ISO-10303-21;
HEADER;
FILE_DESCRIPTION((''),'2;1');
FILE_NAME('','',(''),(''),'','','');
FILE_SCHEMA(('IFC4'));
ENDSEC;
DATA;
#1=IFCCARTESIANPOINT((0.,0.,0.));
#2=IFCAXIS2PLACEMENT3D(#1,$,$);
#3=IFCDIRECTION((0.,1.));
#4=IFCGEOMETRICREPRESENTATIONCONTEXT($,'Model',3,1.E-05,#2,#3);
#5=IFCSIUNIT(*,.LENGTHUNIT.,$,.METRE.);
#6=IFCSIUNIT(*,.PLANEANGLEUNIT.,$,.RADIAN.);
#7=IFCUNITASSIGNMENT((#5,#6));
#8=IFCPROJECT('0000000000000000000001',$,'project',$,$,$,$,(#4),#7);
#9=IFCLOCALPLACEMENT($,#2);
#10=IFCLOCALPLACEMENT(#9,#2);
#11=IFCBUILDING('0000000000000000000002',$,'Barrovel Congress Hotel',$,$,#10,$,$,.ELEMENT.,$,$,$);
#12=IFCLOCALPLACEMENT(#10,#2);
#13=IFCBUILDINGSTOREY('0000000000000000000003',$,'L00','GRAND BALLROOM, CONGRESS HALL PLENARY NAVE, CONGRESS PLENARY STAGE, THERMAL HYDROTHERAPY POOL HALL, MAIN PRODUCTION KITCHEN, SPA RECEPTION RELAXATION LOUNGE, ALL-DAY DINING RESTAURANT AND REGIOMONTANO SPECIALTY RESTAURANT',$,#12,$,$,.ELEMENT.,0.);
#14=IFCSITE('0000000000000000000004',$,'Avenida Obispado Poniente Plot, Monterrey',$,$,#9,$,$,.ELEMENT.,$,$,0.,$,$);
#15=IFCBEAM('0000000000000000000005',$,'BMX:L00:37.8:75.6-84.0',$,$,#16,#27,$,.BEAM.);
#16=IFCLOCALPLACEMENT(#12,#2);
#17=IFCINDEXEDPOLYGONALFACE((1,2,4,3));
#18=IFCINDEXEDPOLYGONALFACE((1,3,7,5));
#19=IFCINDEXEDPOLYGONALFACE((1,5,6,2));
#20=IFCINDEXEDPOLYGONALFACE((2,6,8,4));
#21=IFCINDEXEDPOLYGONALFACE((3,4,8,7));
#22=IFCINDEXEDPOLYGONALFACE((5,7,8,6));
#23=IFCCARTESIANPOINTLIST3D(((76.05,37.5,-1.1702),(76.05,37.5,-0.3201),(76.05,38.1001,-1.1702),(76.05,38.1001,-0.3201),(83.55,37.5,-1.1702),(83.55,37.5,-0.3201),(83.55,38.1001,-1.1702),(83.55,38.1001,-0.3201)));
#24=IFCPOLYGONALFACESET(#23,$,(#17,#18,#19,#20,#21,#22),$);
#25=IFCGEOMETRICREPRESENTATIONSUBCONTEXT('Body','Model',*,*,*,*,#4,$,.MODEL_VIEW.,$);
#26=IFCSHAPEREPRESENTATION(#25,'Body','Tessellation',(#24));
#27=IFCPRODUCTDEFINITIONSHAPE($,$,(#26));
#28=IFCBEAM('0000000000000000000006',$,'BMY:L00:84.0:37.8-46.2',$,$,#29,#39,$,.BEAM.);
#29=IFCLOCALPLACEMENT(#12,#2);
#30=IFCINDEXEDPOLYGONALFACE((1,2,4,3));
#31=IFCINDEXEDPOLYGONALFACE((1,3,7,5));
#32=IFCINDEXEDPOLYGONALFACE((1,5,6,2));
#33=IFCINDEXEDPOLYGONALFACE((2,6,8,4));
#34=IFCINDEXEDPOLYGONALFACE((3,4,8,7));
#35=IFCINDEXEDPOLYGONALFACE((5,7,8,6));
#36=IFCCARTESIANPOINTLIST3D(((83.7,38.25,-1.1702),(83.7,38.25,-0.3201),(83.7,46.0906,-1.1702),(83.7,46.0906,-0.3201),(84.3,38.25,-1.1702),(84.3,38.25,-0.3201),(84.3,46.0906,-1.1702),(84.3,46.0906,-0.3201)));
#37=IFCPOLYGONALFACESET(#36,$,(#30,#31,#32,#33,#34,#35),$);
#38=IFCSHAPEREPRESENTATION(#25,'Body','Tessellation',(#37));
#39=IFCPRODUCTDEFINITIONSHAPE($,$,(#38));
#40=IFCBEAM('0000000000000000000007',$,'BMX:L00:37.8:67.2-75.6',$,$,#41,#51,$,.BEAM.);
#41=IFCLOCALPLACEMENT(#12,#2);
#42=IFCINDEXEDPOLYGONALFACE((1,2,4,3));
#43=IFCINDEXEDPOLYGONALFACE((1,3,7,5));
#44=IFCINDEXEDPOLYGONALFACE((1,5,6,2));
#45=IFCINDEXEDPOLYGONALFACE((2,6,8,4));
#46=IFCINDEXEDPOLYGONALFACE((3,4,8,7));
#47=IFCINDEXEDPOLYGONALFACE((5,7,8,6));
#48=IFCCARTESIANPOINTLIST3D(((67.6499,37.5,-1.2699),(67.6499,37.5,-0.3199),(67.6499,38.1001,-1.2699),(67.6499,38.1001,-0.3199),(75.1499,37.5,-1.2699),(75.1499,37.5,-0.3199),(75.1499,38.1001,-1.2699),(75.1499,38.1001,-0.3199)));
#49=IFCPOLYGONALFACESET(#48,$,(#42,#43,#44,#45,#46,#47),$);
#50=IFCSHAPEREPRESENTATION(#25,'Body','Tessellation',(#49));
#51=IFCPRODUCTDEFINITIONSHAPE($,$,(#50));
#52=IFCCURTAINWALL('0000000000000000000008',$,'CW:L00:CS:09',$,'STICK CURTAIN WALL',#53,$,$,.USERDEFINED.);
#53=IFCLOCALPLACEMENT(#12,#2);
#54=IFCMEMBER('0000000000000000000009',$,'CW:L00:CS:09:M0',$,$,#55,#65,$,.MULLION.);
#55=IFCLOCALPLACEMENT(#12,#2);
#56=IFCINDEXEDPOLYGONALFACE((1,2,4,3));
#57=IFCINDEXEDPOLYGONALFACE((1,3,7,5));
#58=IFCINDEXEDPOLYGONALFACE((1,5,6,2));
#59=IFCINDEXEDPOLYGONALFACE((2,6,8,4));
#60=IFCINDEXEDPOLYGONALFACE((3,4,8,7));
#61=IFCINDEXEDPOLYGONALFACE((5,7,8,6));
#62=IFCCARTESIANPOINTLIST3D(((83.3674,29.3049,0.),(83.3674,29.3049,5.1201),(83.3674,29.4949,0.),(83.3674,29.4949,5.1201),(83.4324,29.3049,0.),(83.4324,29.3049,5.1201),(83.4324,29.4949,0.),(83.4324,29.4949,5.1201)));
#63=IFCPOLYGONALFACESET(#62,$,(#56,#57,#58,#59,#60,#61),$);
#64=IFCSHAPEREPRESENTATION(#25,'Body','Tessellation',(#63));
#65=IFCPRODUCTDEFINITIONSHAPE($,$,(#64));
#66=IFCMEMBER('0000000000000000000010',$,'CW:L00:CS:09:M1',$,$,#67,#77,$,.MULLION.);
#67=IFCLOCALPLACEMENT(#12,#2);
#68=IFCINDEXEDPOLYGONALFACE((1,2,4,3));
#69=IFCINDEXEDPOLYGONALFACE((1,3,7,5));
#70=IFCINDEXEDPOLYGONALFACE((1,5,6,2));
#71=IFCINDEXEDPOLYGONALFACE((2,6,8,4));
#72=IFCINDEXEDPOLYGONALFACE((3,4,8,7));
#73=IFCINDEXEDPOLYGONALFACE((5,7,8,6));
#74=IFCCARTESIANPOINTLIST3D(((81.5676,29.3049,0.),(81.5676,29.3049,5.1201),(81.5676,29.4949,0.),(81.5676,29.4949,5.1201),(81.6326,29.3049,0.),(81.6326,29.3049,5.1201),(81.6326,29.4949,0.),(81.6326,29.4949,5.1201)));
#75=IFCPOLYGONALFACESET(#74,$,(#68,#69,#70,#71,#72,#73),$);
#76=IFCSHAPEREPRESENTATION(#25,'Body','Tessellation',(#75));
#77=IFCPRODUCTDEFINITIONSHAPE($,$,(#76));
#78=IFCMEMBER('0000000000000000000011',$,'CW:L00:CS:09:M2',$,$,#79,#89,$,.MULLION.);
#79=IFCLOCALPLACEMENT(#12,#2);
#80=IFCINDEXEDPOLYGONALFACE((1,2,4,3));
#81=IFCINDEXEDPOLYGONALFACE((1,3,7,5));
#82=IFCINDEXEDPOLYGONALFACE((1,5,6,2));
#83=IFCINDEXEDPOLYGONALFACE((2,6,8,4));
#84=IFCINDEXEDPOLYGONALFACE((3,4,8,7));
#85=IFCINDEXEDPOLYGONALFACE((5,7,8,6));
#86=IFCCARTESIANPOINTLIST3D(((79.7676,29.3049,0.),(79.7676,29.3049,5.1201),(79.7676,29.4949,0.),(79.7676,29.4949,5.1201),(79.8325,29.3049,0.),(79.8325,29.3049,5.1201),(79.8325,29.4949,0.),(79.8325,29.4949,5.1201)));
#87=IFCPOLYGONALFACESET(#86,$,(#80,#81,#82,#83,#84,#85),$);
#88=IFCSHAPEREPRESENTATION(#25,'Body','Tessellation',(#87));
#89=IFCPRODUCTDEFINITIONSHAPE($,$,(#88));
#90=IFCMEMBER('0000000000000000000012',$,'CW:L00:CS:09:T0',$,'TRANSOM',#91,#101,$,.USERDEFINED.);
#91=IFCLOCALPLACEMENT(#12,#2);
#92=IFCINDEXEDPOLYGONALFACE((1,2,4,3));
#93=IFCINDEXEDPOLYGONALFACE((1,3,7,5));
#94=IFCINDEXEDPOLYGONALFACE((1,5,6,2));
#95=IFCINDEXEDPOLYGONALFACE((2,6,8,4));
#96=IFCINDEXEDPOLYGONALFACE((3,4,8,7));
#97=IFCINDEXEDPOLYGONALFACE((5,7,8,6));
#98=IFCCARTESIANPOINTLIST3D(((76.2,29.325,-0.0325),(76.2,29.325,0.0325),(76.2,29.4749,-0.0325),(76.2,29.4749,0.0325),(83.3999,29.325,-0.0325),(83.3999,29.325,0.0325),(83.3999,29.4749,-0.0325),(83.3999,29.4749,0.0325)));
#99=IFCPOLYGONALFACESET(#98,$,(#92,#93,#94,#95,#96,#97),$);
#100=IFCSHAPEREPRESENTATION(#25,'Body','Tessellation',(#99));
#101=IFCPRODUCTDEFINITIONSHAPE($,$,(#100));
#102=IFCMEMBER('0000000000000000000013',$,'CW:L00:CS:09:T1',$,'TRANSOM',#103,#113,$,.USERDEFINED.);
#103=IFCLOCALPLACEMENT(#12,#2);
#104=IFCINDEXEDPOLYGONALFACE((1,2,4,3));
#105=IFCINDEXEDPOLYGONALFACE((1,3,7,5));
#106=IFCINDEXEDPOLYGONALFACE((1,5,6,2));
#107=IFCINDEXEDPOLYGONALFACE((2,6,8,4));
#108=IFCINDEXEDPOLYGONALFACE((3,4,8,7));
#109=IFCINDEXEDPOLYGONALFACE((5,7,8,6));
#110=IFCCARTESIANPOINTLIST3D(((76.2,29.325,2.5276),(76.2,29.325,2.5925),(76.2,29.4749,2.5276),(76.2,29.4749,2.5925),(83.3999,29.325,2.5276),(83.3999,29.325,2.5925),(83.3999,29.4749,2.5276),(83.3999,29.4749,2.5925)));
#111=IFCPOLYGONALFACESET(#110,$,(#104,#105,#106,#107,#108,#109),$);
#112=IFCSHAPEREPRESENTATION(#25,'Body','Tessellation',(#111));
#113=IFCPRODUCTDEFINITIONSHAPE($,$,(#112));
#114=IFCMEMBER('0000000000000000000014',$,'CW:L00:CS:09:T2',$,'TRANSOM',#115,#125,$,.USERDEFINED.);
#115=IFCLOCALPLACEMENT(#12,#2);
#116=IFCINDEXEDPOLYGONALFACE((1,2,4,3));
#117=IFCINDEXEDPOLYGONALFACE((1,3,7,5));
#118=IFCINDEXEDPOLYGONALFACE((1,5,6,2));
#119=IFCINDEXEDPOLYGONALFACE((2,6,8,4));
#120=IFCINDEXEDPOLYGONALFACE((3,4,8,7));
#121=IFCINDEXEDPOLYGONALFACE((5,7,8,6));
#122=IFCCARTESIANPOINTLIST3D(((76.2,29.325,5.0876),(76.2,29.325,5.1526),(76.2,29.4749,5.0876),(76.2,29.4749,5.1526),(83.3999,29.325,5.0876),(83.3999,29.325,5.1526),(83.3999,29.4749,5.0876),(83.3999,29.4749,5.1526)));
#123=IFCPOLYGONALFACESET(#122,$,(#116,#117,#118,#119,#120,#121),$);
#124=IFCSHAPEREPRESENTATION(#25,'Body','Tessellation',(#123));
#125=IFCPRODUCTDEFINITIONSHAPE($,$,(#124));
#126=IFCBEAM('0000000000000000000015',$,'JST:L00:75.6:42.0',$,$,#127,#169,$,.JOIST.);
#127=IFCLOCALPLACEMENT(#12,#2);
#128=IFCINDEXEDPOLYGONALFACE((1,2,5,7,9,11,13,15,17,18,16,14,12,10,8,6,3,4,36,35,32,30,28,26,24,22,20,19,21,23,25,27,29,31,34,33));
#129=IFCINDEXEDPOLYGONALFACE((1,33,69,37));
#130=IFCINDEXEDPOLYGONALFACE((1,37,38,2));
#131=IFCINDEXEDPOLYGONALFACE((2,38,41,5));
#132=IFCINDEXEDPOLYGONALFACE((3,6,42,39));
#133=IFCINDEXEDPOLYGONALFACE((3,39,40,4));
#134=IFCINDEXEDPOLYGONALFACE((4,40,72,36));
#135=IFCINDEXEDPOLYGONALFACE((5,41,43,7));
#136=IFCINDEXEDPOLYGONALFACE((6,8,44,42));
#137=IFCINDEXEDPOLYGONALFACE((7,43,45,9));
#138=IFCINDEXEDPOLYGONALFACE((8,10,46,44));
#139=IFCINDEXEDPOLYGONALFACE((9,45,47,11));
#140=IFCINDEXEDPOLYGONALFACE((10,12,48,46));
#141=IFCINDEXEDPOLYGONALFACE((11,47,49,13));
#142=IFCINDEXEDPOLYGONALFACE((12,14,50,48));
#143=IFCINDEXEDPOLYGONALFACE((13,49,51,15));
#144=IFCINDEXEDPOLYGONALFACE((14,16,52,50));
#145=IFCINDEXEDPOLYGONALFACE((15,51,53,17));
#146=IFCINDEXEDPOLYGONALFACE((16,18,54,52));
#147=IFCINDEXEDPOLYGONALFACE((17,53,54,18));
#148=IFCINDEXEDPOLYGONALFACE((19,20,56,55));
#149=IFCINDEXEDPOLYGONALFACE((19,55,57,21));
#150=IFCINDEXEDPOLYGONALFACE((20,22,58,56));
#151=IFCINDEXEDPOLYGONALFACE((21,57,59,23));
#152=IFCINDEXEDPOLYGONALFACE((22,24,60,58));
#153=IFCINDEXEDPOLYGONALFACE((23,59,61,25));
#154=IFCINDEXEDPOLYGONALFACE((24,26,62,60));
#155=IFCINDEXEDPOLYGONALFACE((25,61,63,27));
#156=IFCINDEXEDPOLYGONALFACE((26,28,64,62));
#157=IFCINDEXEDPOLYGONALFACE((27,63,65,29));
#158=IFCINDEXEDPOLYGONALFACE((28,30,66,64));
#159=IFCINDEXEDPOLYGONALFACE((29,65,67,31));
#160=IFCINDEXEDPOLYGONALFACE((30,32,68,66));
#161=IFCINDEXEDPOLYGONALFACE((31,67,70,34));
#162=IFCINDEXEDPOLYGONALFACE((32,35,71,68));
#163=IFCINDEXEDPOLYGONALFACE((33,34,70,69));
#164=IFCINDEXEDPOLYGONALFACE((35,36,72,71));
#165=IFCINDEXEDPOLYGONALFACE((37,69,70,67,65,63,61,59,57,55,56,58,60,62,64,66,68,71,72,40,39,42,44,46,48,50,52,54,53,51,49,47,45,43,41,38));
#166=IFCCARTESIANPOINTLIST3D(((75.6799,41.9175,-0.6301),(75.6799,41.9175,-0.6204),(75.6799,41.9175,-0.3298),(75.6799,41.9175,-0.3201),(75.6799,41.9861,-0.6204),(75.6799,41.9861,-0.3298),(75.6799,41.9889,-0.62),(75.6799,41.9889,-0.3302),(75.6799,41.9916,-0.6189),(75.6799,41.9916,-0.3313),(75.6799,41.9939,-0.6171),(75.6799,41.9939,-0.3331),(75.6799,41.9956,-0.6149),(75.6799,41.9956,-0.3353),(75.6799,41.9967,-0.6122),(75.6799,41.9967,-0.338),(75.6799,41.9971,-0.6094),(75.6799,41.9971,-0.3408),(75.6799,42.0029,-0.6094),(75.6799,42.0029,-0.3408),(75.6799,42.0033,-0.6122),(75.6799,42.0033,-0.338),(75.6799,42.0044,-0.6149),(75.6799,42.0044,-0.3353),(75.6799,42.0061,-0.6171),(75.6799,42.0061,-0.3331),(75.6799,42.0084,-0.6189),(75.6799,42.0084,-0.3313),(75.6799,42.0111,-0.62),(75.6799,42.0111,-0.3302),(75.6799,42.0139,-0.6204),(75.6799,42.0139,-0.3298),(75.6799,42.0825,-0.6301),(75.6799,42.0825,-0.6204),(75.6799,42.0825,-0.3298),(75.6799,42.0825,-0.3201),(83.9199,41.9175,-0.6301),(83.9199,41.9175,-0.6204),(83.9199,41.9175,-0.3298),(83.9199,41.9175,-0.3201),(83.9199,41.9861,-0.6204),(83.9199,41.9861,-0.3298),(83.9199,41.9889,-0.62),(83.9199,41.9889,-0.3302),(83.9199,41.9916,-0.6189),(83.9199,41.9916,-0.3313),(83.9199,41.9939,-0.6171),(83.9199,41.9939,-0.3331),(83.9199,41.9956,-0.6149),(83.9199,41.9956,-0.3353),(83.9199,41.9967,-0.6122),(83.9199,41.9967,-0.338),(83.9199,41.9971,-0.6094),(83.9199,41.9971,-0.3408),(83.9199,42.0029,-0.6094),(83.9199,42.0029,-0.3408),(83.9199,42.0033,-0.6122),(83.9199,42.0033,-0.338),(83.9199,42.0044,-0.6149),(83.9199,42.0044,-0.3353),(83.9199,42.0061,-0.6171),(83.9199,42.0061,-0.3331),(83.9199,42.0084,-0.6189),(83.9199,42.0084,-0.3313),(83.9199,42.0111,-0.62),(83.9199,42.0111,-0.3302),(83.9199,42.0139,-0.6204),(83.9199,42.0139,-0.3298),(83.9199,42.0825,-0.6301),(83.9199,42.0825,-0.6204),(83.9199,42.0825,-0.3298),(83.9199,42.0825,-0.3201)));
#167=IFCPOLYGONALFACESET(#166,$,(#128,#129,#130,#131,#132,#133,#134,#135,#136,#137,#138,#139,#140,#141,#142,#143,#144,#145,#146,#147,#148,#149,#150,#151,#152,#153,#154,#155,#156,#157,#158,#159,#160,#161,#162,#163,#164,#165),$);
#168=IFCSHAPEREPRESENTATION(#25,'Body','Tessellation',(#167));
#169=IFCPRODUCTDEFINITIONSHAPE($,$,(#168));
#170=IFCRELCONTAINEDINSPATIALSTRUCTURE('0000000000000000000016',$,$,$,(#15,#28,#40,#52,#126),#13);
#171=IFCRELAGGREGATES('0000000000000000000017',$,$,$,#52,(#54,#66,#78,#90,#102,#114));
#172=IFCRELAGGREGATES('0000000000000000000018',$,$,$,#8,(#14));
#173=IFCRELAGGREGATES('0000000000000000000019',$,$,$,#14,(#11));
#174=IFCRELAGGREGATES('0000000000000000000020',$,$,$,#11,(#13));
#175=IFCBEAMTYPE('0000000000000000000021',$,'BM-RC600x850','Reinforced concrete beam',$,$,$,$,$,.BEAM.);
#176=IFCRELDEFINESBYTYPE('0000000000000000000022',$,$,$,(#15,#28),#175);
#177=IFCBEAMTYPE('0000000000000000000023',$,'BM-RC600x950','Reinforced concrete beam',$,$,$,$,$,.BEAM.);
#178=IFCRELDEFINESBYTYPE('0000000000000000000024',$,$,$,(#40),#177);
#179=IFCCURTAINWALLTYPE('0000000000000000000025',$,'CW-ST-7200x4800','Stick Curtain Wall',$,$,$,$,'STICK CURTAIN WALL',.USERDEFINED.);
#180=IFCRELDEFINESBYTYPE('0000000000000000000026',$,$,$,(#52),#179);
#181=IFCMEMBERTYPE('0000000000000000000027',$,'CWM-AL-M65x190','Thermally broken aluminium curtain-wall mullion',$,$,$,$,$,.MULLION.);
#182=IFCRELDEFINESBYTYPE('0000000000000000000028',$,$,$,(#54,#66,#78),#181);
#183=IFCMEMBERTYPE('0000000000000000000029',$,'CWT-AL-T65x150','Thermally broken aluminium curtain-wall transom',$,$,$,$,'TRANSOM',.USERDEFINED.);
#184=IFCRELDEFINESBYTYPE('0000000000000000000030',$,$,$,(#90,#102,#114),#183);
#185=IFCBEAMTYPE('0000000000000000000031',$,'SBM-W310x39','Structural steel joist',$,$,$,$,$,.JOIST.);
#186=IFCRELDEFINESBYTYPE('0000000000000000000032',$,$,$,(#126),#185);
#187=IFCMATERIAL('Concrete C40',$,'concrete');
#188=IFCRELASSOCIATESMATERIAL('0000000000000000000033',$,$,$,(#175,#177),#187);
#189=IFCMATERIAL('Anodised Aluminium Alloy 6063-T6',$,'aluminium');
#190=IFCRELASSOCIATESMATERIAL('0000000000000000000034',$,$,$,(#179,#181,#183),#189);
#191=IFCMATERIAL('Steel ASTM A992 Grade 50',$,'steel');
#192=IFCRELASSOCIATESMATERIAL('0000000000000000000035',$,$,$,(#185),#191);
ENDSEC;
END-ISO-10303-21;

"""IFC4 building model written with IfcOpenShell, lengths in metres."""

from ifc_helpers import new_model, si_unit, direction, frame, origin, origin_2d, place, context, subcontext, project, spatial, rectangle, i_section, extrude, material, material_profile, profile_set, type_object, element, aggregate, save


model = new_model("IFC4")

# Units and contexts
model_context = context("Model", 3, precision=1e-05, world=origin(), true_north=direction((0.0, 1.0)))
body_context = subcontext(model_context, "Body", "Model", "MODEL_VIEW")
ifc_project = project(units=[si_unit("LENGTHUNIT", "METRE"), si_unit("PLANEANGLEUNIT", "RADIAN")], contexts=[model_context])

# Site, building, storey
site_placement = place(None, origin())
site = spatial("IfcSite", under=ifc_project, at=site_placement, Name="Avenida Obispado Poniente Plot, Monterrey", CompositionType="ELEMENT", RefElevation=0.0)
building_placement = place(site_placement, origin())
building = spatial("IfcBuilding", under=site, at=building_placement, Name="Barrovel Congress Hotel", CompositionType="ELEMENT")
storey_placement = place(building_placement, origin())
storey = spatial("IfcBuildingStorey", under=building, at=storey_placement, Name="L00", Description="GRAND BALLROOM, CONGRESS HALL PLENARY NAVE, CONGRESS PLENARY STAGE, THERMAL HYDROTHERAPY POOL HALL, MAIN PRODUCTION KITCHEN, SPA RECEPTION RELAXATION LOUNGE, ALL-DAY DINING RESTAURANT AND REGIOMONTANO SPECIALTY RESTAURANT", CompositionType="ELEMENT", Elevation=0.0)

# Shared definitions
ifc_material_1 = material(Name="Concrete C40", Category="concrete")

# Beams
ifc_material_profile_1 = material_profile(ifc_material_1, rectangle(XDim=0.6001, YDim=0.8501, at=origin_2d()), Name="RC600x850")
ifc_profile_set_1 = profile_set([ifc_material_profile_1], Name="Concrete C40")
beam_type_1 = type_object("IfcBeamType", Name="BM-RC600x850", Description="Reinforced concrete beam", PredefinedType="BEAM", material=ifc_profile_set_1)
beam_1_placement = place(storey_placement, frame((76.05, 37.8, -0.7451), z_axis=(1.0, 0.0, 0.0), x_axis=(0.0, 1.0, 0.0)))
element("IfcBeam", 1, at=beam_1_placement, inside=storey, type_object=beam_type_1, Name="BMX:L00:37.8:75.6-84.0", PredefinedType="BEAM", context=body_context, shape_type="SweptSolid", body=[
    extrude(rectangle(XDim=0.6001, YDim=0.8501, at=origin_2d()), origin(), (0.0, 0.0, 1.0), 7.5),
])
beam_2_placement = place(storey_placement, frame((84.0, 38.25, -0.7451), z_axis=(0.0, 1.0, 0.0), x_axis=(-1.0, 0.0, 0.0)))
element("IfcBeam", 2, at=beam_2_placement, inside=storey, type_object=beam_type_1, Name="BMY:L00:84.0:37.8-46.2", PredefinedType="BEAM", context=body_context, shape_type="SweptSolid", body=[
    extrude(rectangle(XDim=0.6001, YDim=0.8501, at=origin_2d()), origin(), (0.0, 0.0, 1.0), 7.8406),
])
ifc_material_profile_2 = material_profile(ifc_material_1, rectangle(XDim=0.6001, YDim=0.95, at=origin_2d()), Name="RC600x950")
ifc_profile_set_2 = profile_set([ifc_material_profile_2], Name="Concrete C40")
beam_type_2 = type_object("IfcBeamType", Name="BM-RC600x950", Description="Reinforced concrete beam", PredefinedType="BEAM", material=ifc_profile_set_2)
beam_3_placement = place(storey_placement, frame((67.6499, 37.8, -0.7949), z_axis=(1.0, 0.0, 0.0), x_axis=(0.0, 1.0, 0.0)))
element("IfcBeam", 3, at=beam_3_placement, inside=storey, type_object=beam_type_2, Name="BMX:L00:37.8:67.2-75.6", PredefinedType="BEAM", context=body_context, shape_type="SweptSolid", body=[
    extrude(rectangle(XDim=0.6001, YDim=0.95, at=origin_2d()), origin(), (0.0, 0.0, 1.0), 7.5),
])

# Curtain wall, members
ifc_material_2 = material(Name="Anodised Aluminium Alloy 6063-T6", Category="aluminium")
curtain_wall_type = type_object("IfcCurtainWallType", Name="CW-ST-7200x4800", Description="Stick Curtain Wall", ElementType="STICK CURTAIN WALL", PredefinedType="USERDEFINED", material=ifc_material_2)
curtain_wall_placement = place(storey_placement, origin())
curtain_wall = element("IfcCurtainWall", 4, at=curtain_wall_placement, inside=storey, type_object=curtain_wall_type, Name="CW:L00:CS:09", ObjectType="STICK CURTAIN WALL", PredefinedType="USERDEFINED")
ifc_material_profile_3 = material_profile(ifc_material_2, rectangle(XDim=0.0649, YDim=0.1899, at=origin_2d()), Name="AL-M65x190")
ifc_profile_set_3 = profile_set([ifc_material_profile_3], Name="Anodised Aluminium Alloy 6063-T6")
member_type_1 = type_object("IfcMemberType", Name="CWM-AL-M65x190", Description="Thermally broken aluminium curtain-wall mullion", PredefinedType="MULLION", material=ifc_profile_set_3)
member_1_placement = place(storey_placement, frame((83.3999, 29.3999, 0.0), z_axis=(0.0, 0.0, 1.0), x_axis=(1.0, 0.0, 0.0)))
member_1 = element("IfcMember", 5, at=member_1_placement, type_object=member_type_1, Name="CW:L00:CS:09:M0", PredefinedType="MULLION", context=body_context, shape_type="SweptSolid", body=[
    extrude(rectangle(XDim=0.0649, YDim=0.1899, at=origin_2d()), origin(), (0.0, 0.0, 1.0), 5.1201),
])
member_2_placement = place(storey_placement, frame((81.6001, 29.3999, 0.0), z_axis=(0.0, 0.0, 1.0), x_axis=(1.0, 0.0, 0.0)))
member_2 = element("IfcMember", 6, at=member_2_placement, type_object=member_type_1, Name="CW:L00:CS:09:M1", PredefinedType="MULLION", context=body_context, shape_type="SweptSolid", body=[
    extrude(rectangle(XDim=0.0649, YDim=0.1899, at=origin_2d()), origin(), (0.0, 0.0, 1.0), 5.1201),
])
member_3_placement = place(storey_placement, frame((79.8, 29.3999, 0.0), z_axis=(0.0, 0.0, 1.0), x_axis=(1.0, 0.0, 0.0)))
member_3 = element("IfcMember", 7, at=member_3_placement, type_object=member_type_1, Name="CW:L00:CS:09:M2", PredefinedType="MULLION", context=body_context, shape_type="SweptSolid", body=[
    extrude(rectangle(XDim=0.0649, YDim=0.1899, at=origin_2d()), origin(), (0.0, 0.0, 1.0), 5.1201),
])
ifc_material_profile_4 = material_profile(ifc_material_2, rectangle(XDim=0.1499, YDim=0.0649, at=origin_2d()), Name="AL-T65x150")
ifc_profile_set_4 = profile_set([ifc_material_profile_4], Name="Anodised Aluminium Alloy 6063-T6")
member_type_2 = type_object("IfcMemberType", Name="CWT-AL-T65x150", Description="Thermally broken aluminium curtain-wall transom", ElementType="TRANSOM", PredefinedType="USERDEFINED", material=ifc_profile_set_4)
member_4_placement = place(storey_placement, frame((83.3999, 29.3999, 0.0), z_axis=(-1.0, 0.0, 0.0), x_axis=(0.0, -1.0, 0.0)))
member_4 = element("IfcMember", 8, at=member_4_placement, type_object=member_type_2, Name="CW:L00:CS:09:T0", ObjectType="TRANSOM", PredefinedType="USERDEFINED", context=body_context, shape_type="SweptSolid", body=[
    extrude(rectangle(XDim=0.1499, YDim=0.0649, at=origin_2d()), origin(), (0.0, 0.0, 1.0), 7.2),
])
member_5_placement = place(storey_placement, frame((83.3999, 29.3999, 2.5601), z_axis=(-1.0, 0.0, 0.0), x_axis=(0.0, -1.0, 0.0)))
member_5 = element("IfcMember", 9, at=member_5_placement, type_object=member_type_2, Name="CW:L00:CS:09:T1", ObjectType="TRANSOM", PredefinedType="USERDEFINED", context=body_context, shape_type="SweptSolid", body=[
    extrude(rectangle(XDim=0.1499, YDim=0.0649, at=origin_2d()), origin(), (0.0, 0.0, 1.0), 7.2),
])
member_6_placement = place(storey_placement, frame((83.3999, 29.3999, 5.1201), z_axis=(-1.0, 0.0, 0.0), x_axis=(0.0, -1.0, 0.0)))
member_6 = element("IfcMember", 10, at=member_6_placement, type_object=member_type_2, Name="CW:L00:CS:09:T2", ObjectType="TRANSOM", PredefinedType="USERDEFINED", context=body_context, shape_type="SweptSolid", body=[
    extrude(rectangle(XDim=0.1499, YDim=0.0649, at=origin_2d()), origin(), (0.0, 0.0, 1.0), 7.2),
])

# Beam
ifc_material_3 = material(Name="Steel ASTM A992 Grade 50", Category="steel")
ifc_material_profile_5 = material_profile(ifc_material_3, i_section(OverallWidth=0.165, OverallDepth=0.3101, WebThickness=0.0059, FlangeThickness=0.0098, FilletRadius=0.011, at=origin_2d()), Name="W310x39")
ifc_profile_set_5 = profile_set([ifc_material_profile_5], Name="Steel ASTM A992 Grade 50")
beam_type_3 = type_object("IfcBeamType", Name="SBM-W310x39", Description="Structural steel joist", PredefinedType="JOIST", material=ifc_profile_set_5)
beam_4_placement = place(storey_placement, frame((75.6799, 42.0, -0.4751), z_axis=(1.0, 0.0, 0.0), x_axis=(0.0, 1.0, 0.0)))
element("IfcBeam", 11, at=beam_4_placement, inside=storey, type_object=beam_type_3, Name="JST:L00:75.6:42.0", PredefinedType="JOIST", context=body_context, shape_type="SweptSolid", body=[
    extrude(i_section(OverallWidth=0.165, OverallDepth=0.3101, WebThickness=0.0059, FlangeThickness=0.0098, FilletRadius=0.011, at=origin_2d()), origin(), (0.0, 0.0, 1.0), 8.24),
])

aggregate(curtain_wall, [member_1, member_2, member_3, member_4, member_5, member_6])

save(model, "model.ifc")
